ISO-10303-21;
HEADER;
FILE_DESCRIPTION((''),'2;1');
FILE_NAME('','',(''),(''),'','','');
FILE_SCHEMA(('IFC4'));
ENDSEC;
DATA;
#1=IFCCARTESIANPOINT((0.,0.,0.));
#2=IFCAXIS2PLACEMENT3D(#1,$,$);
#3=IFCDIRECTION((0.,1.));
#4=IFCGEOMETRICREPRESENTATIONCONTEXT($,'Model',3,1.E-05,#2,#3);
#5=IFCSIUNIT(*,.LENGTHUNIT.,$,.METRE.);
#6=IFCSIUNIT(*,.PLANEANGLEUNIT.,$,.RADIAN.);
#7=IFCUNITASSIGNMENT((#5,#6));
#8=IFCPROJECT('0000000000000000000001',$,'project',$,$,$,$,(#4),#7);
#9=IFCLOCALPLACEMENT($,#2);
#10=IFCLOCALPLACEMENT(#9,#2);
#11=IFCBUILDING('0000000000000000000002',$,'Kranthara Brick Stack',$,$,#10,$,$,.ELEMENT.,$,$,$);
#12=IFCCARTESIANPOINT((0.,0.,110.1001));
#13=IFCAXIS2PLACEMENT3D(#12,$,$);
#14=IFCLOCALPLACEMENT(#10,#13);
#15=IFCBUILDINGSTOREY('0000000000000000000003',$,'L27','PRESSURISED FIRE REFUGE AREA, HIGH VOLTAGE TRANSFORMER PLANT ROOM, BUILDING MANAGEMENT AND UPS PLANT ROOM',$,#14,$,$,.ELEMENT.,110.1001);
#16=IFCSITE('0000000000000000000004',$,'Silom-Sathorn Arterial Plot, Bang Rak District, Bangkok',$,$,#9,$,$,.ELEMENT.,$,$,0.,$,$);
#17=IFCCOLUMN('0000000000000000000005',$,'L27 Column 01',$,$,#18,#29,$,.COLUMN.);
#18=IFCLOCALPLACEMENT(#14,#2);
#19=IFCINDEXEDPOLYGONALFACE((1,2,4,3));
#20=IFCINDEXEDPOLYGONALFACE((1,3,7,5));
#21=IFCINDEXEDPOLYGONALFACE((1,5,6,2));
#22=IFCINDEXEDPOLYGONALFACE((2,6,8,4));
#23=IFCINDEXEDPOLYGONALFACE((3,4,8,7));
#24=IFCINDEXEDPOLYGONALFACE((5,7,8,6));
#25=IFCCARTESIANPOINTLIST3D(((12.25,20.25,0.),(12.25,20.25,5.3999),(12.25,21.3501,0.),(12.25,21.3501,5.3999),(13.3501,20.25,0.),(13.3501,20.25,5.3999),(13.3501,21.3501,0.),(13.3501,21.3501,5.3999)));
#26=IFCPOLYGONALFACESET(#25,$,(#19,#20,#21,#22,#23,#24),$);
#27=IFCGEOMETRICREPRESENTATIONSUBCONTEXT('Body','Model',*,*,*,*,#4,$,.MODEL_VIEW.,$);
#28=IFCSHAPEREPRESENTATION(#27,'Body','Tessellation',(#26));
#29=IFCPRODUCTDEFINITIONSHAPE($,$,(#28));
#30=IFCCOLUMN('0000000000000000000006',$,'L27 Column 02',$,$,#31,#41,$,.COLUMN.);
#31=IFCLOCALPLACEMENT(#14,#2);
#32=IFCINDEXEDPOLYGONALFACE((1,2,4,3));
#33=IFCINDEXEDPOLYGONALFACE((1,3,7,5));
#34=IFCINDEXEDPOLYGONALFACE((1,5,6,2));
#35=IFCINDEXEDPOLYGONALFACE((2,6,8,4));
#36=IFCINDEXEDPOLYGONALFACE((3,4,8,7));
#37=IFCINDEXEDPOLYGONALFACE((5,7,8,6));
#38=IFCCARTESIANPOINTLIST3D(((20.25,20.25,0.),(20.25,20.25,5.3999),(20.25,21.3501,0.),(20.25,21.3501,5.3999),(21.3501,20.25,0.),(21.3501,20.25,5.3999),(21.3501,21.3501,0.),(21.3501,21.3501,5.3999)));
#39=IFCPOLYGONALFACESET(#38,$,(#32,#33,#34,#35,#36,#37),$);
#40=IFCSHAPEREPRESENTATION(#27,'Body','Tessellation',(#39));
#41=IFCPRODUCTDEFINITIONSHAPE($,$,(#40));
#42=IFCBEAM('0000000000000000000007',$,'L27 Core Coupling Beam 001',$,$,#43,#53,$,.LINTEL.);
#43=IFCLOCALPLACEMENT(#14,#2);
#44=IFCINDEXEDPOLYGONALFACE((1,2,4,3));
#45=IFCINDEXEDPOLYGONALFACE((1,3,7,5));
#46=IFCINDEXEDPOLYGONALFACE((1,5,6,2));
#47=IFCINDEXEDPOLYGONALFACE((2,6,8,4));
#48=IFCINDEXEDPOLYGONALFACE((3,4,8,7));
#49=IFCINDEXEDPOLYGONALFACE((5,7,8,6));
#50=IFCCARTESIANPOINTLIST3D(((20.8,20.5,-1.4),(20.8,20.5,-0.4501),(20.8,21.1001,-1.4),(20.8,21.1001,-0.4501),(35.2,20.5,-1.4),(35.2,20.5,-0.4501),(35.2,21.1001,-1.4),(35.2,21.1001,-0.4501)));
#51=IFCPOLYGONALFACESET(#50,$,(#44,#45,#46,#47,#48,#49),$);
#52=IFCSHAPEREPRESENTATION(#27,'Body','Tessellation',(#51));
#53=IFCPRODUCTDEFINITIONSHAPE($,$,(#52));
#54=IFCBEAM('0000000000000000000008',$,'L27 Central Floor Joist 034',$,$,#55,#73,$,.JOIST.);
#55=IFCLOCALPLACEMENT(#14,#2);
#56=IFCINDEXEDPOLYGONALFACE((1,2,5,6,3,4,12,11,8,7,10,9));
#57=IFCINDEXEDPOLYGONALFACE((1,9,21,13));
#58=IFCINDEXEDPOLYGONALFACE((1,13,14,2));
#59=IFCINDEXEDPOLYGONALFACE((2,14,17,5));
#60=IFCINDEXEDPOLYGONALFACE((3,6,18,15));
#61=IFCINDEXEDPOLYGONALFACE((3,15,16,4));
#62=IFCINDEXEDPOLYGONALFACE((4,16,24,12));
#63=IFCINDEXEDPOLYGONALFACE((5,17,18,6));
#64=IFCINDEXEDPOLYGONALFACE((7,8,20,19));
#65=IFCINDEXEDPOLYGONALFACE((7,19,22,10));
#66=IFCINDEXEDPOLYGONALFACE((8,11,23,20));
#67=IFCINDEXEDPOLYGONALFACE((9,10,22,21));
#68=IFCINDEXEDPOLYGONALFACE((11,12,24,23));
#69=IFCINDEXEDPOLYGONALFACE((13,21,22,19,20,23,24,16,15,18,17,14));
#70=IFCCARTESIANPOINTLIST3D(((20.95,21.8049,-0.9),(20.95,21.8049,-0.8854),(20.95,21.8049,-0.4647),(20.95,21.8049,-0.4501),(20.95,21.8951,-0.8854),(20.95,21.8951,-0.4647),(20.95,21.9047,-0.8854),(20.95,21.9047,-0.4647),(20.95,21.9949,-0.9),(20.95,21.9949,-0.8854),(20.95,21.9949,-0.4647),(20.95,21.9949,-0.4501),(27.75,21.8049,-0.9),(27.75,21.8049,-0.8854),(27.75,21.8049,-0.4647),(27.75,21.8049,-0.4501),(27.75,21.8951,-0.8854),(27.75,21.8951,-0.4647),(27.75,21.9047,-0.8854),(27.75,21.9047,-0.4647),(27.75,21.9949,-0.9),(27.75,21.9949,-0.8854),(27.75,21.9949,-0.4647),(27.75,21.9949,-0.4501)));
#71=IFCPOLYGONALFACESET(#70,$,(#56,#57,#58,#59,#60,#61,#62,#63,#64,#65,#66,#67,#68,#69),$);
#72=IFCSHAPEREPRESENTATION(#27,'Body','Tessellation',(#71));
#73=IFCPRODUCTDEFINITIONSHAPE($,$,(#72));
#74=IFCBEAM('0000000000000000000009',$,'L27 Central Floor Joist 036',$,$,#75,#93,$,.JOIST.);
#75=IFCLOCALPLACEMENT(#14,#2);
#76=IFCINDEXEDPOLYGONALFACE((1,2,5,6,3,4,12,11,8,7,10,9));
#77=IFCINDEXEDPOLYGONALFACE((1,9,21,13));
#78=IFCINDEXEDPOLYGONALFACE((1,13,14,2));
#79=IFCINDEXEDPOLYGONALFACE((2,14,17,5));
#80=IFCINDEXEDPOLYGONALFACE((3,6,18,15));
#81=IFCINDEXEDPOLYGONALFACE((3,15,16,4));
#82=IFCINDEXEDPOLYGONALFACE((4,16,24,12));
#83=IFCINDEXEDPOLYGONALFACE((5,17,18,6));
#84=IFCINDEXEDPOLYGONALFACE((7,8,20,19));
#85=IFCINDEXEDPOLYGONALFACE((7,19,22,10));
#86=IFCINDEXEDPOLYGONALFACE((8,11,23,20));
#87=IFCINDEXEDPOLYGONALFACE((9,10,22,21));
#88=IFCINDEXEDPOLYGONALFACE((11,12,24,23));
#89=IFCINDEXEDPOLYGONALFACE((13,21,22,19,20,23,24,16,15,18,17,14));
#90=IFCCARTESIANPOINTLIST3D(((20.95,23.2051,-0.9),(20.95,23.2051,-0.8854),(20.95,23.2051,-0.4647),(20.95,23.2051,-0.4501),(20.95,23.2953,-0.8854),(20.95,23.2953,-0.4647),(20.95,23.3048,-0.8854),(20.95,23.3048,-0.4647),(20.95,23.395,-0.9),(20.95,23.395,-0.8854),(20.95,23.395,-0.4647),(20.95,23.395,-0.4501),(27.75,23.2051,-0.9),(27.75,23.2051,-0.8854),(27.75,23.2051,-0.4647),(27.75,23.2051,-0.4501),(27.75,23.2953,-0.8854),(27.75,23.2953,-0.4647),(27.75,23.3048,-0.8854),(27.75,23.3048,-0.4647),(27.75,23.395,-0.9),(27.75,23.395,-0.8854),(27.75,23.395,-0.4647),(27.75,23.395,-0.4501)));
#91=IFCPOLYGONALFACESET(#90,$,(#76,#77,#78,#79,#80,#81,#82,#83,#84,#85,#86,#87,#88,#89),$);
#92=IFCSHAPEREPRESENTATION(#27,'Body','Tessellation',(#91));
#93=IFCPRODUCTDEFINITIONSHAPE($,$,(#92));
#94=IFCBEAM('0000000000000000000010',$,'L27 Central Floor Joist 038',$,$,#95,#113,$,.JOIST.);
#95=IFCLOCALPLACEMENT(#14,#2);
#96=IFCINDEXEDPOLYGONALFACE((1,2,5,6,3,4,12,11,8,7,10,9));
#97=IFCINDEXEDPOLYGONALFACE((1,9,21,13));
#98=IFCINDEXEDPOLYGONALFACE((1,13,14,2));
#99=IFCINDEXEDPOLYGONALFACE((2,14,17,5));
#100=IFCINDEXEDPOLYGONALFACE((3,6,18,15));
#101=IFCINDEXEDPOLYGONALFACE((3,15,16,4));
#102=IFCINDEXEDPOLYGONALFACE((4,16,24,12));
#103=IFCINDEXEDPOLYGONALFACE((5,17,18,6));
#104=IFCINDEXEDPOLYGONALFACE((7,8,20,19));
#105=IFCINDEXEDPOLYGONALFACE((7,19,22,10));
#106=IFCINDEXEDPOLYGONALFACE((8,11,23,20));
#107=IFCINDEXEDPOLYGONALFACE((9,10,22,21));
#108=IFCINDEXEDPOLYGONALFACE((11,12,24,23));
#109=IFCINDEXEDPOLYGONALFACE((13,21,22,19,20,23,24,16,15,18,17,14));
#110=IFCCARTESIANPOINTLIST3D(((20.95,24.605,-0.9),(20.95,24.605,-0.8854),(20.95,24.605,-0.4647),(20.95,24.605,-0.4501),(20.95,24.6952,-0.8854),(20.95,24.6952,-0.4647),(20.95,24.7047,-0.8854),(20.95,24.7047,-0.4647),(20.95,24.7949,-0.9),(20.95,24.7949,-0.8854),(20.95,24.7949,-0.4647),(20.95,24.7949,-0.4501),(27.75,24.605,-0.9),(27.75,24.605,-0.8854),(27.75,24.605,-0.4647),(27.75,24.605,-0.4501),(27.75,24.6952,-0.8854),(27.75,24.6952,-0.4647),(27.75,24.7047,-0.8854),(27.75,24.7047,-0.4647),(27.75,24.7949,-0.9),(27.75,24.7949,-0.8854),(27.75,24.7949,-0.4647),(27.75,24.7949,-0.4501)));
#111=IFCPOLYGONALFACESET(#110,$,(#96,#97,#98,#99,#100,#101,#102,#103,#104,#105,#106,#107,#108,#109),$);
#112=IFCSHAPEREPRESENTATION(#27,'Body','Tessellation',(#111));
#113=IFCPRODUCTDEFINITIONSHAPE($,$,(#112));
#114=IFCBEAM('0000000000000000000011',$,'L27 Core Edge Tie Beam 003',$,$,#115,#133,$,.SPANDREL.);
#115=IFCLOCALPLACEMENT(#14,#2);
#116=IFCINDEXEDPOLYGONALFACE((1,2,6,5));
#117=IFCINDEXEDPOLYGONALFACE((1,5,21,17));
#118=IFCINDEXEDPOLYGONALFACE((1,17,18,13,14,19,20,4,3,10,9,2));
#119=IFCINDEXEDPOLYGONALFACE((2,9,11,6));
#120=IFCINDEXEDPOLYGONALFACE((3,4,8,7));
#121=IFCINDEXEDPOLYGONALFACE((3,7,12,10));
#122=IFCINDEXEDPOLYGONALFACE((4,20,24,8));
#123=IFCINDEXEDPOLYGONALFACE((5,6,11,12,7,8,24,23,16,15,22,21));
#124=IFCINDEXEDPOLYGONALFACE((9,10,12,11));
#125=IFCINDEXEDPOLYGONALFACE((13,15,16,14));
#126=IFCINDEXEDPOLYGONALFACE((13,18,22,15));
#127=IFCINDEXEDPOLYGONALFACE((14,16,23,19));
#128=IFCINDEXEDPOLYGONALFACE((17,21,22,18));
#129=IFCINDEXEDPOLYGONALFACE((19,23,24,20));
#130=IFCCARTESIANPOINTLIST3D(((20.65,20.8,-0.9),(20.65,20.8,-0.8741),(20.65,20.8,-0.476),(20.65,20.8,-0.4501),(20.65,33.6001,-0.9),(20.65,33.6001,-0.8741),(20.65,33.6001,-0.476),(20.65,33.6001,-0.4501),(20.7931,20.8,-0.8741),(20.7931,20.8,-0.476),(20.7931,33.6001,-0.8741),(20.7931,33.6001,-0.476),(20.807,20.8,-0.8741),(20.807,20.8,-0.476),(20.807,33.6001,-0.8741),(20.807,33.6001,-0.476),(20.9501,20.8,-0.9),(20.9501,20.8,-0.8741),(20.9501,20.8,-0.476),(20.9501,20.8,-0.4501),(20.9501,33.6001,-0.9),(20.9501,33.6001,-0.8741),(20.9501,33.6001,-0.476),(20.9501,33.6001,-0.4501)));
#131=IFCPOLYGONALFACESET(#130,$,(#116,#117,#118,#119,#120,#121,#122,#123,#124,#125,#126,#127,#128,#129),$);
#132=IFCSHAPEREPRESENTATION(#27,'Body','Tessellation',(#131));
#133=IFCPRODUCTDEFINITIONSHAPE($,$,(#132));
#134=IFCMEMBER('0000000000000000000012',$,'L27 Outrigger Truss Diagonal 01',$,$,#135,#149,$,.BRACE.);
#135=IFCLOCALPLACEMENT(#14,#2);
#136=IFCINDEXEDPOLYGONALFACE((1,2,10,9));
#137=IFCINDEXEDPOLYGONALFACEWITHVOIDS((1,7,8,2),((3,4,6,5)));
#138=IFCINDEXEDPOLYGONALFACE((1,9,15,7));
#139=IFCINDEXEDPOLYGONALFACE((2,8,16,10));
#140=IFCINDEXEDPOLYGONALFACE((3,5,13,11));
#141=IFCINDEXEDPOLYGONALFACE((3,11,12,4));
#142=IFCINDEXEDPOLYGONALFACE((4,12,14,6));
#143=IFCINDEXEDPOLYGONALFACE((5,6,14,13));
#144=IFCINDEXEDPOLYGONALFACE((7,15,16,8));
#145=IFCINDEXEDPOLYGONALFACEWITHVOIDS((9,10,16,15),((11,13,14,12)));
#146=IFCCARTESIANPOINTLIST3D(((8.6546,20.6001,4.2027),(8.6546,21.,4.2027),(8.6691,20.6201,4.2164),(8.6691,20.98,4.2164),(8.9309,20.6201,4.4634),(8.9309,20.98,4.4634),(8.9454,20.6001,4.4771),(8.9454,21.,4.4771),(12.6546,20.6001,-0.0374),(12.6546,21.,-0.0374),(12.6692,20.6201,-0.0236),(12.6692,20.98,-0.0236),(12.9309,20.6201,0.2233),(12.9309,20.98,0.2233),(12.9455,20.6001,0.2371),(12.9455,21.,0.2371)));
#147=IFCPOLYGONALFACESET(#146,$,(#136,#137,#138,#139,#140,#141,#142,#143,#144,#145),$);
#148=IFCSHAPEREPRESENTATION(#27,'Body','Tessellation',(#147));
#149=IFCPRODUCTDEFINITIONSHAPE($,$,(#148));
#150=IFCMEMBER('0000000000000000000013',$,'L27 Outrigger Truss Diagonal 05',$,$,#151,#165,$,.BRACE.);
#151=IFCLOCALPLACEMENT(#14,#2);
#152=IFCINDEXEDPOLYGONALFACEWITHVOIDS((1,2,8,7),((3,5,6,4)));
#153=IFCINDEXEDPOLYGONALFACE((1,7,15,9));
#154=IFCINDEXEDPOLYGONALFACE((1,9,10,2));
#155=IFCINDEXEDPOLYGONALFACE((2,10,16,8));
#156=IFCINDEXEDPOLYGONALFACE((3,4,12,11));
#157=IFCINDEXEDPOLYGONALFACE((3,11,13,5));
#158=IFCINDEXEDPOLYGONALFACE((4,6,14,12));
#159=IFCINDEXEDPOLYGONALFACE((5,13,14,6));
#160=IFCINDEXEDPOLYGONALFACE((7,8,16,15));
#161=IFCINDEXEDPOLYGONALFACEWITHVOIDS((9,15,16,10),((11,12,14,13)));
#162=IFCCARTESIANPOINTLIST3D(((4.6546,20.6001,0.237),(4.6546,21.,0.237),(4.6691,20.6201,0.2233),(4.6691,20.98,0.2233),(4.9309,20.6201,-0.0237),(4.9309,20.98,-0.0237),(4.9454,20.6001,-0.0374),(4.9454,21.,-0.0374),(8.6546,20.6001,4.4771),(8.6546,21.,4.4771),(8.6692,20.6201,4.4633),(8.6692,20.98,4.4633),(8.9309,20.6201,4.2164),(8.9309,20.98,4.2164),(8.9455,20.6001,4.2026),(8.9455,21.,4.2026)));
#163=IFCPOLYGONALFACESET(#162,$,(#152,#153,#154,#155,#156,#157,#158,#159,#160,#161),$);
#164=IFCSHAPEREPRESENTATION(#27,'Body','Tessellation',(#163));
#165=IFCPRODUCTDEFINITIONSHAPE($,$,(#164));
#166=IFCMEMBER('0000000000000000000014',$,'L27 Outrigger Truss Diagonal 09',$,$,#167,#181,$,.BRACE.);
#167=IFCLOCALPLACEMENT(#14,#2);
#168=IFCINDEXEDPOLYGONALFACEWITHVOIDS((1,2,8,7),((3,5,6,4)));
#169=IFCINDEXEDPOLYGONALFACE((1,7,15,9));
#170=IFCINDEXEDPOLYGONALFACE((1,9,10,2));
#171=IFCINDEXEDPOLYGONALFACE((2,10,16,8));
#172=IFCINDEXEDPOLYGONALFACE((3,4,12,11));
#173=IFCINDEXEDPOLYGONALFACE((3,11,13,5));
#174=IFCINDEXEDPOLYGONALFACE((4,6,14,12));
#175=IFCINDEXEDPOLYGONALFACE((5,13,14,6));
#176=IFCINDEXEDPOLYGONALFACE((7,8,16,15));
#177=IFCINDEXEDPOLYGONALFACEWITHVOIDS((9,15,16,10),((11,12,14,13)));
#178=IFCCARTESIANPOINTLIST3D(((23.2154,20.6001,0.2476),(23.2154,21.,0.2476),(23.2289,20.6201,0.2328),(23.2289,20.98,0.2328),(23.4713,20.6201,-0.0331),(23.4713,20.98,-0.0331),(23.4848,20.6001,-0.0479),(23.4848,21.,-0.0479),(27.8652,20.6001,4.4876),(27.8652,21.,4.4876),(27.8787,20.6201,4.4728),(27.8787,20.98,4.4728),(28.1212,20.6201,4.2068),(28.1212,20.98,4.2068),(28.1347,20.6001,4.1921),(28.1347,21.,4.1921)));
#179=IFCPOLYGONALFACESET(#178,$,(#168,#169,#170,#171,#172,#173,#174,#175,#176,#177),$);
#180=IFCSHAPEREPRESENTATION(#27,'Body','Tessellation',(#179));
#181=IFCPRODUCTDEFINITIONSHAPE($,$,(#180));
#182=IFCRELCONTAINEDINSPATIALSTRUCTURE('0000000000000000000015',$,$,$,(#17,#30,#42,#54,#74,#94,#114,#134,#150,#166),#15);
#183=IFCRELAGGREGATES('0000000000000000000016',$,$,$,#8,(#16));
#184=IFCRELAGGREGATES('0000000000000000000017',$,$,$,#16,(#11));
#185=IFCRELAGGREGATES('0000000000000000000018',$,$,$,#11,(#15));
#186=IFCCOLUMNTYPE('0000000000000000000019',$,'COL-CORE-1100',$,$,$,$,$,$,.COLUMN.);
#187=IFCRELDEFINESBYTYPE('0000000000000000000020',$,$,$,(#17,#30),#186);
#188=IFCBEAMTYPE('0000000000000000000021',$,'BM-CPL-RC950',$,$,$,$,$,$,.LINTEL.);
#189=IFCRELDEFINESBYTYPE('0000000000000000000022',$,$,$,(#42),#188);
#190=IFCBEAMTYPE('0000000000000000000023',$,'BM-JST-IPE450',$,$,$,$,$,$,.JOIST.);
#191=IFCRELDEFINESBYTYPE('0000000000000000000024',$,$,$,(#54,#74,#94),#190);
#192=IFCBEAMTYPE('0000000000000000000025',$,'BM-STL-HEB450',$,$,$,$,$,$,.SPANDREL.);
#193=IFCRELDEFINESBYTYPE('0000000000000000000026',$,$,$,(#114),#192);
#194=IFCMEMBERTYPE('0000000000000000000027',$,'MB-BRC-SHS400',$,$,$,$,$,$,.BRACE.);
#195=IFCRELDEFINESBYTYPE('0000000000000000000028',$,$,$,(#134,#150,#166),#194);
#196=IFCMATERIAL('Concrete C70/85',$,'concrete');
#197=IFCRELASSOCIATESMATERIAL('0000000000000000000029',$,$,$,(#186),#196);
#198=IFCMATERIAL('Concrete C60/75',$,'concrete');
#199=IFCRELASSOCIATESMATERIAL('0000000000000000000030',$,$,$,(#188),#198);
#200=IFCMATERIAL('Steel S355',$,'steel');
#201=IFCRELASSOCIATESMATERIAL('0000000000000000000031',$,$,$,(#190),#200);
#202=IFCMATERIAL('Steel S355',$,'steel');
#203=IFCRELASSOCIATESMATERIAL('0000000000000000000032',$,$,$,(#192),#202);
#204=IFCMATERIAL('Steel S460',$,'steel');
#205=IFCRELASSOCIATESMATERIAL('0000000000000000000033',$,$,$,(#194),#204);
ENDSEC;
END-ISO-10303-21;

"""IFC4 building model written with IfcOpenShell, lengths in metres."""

from ifc_helpers import new_model, si_unit, direction, frame, origin, origin_2d, place, context, subcontext, project, spatial, rectangle, hollow_rectangle, i_section, extrude, material, material_profile, profile_set, type_object, element, save


model = new_model("IFC4")

# Units and contexts
model_context = context("Model", 3, precision=1e-05, world=origin(), true_north=direction((0.0, 1.0)))
body_context = subcontext(model_context, "Body", "Model", "MODEL_VIEW")
ifc_project = project(units=[si_unit("LENGTHUNIT", "METRE"), si_unit("PLANEANGLEUNIT", "RADIAN")], contexts=[model_context])

# Site, building, storey
site_placement = place(None, origin())
site = spatial("IfcSite", under=ifc_project, at=site_placement, Name="Silom-Sathorn Arterial Plot, Bang Rak District, Bangkok", CompositionType="ELEMENT", RefElevation=0.0)
building_placement = place(site_placement, origin())
building = spatial("IfcBuilding", under=site, at=building_placement, Name="Kranthara Brick Stack", CompositionType="ELEMENT")
storey_placement = place(building_placement, frame((0.0, 0.0, 110.1001)))
storey = spatial("IfcBuildingStorey", under=building, at=storey_placement, Name="L27", Description="PRESSURISED FIRE REFUGE AREA, HIGH VOLTAGE TRANSFORMER PLANT ROOM, BUILDING MANAGEMENT AND UPS PLANT ROOM", CompositionType="ELEMENT", Elevation=110.1001)

# Columns
ifc_material_1 = material(Name="Concrete C70/85", Category="concrete")
ifc_material_profile_1 = material_profile(ifc_material_1, rectangle(XDim=1.1001, YDim=1.1001, at=origin_2d()), Name="RC 1100x1100")
ifc_profile_set_1 = profile_set([ifc_material_profile_1], Name="Concrete C70/85")
column_type = type_object("IfcColumnType", Name="COL-CORE-1100", PredefinedType="COLUMN", material=ifc_profile_set_1)
for number, where, z_axis, x_axis, name in (
    (1, (12.8, 20.8, 0.0), (0.0, 0.0, 1.0), (1.0, 0.0, 0.0), "L27 Column 01"),
    (2, (20.8, 20.8, 0.0), (0.0, 0.0, 1.0), (1.0, 0.0, 0.0), "L27 Column 02"),
):
    element("IfcColumn", number, at=place(storey_placement, frame(where, z_axis=z_axis, x_axis=x_axis)), inside=storey, type_object=column_type, Name=name, PredefinedType="COLUMN", context=body_context, shape_type="SweptSolid", body=[
        extrude(rectangle(XDim=1.1001, YDim=1.1001, at=origin_2d()), origin(), (0.0, 0.0, 1.0), 5.3999),
    ])

# Beams
ifc_material_2 = material(Name="Concrete C60/75", Category="concrete")
ifc_material_profile_2 = material_profile(ifc_material_2, rectangle(XDim=0.6001, YDim=0.95, at=origin_2d()), Name="RC 600x950")
ifc_profile_set_2 = profile_set([ifc_material_profile_2], Name="Concrete C60/75")
beam_type_1 = type_object("IfcBeamType", Name="BM-CPL-RC950", PredefinedType="LINTEL", material=ifc_profile_set_2)
beam_1_placement = place(storey_placement, frame((20.8, 20.8, -0.925), z_axis=(1.0, 0.0, 0.0), x_axis=(0.0, 1.0, 0.0)))
element("IfcBeam", 3, at=beam_1_placement, inside=storey, type_object=beam_type_1, Name="L27 Core Coupling Beam 001", PredefinedType="LINTEL", context=body_context, shape_type="SweptSolid", body=[
    extrude(rectangle(XDim=0.6001, YDim=0.95, at=origin_2d()), origin(), (0.0, 0.0, 1.0), 14.3999),
])
ifc_material_3 = material(Name="Steel S355", Category="steel")
ifc_material_profile_3 = material_profile(ifc_material_3, i_section(OverallWidth=0.1899, OverallDepth=0.45, WebThickness=0.0095, FlangeThickness=0.0146, at=origin_2d()), Name="IPE 450")
ifc_profile_set_3 = profile_set([ifc_material_profile_3], Name="Steel S355")
beam_type_2 = type_object("IfcBeamType", Name="BM-JST-IPE450", PredefinedType="JOIST", material=ifc_profile_set_3)
for number, where, z_axis, x_axis, name in (
    (4, (20.95, 21.8999, -0.675), (1.0, 0.0, 0.0), (0.0, 1.0, 0.0), "L27 Central Floor Joist 034"),
    (5, (20.95, 23.3, -0.675), (1.0, 0.0, 0.0), (0.0, 1.0, 0.0), "L27 Central Floor Joist 036"),
    (6, (20.95, 24.7, -0.675), (1.0, 0.0, 0.0), (0.0, 1.0, 0.0), "L27 Central Floor Joist 038"),
):
    element("IfcBeam", number, at=place(storey_placement, frame(where, z_axis=z_axis, x_axis=x_axis)), inside=storey, type_object=beam_type_2, Name=name, PredefinedType="JOIST", context=body_context, shape_type="SweptSolid", body=[
        extrude(i_section(OverallWidth=0.1899, OverallDepth=0.45, WebThickness=0.0095, FlangeThickness=0.0146, at=origin_2d()), origin(), (0.0, 0.0, 1.0), 6.8),
    ])
ifc_material_4 = material(Name="Steel S355", Category="steel")
ifc_material_profile_4 = material_profile(ifc_material_4, i_section(OverallWidth=0.3, OverallDepth=0.45, WebThickness=0.0139, FlangeThickness=0.0259, at=origin_2d()), Name="HEB 450")
ifc_profile_set_4 = profile_set([ifc_material_profile_4], Name="Steel S355")
beam_type_3 = type_object("IfcBeamType", Name="BM-STL-HEB450", PredefinedType="SPANDREL", material=ifc_profile_set_4)
beam_2_placement = place(storey_placement, frame((20.8, 20.8, -0.675), z_axis=(0.0, 1.0, 0.0), x_axis=(-1.0, 0.0, 0.0)))
element("IfcBeam", 7, at=beam_2_placement, inside=storey, type_object=beam_type_3, Name="L27 Core Edge Tie Beam 003", PredefinedType="SPANDREL", context=body_context, shape_type="SweptSolid", body=[
    extrude(i_section(OverallWidth=0.3, OverallDepth=0.45, WebThickness=0.0139, FlangeThickness=0.0259, at=origin_2d()), origin(), (0.0, 0.0, 1.0), 12.8),
])

# Members
ifc_material_5 = material(Name="Steel S460", Category="steel")
ifc_material_profile_5 = material_profile(ifc_material_5, hollow_rectangle(XDim=0.3999, YDim=0.3999, WallThickness=0.02, at=origin_2d()), Name="SHS 400x400x20")
ifc_profile_set_5 = profile_set([ifc_material_profile_5], Name="Steel S460")
member_type_1 = type_object("IfcMemberType", Name="MB-BRC-SHS400", PredefinedType="BRACE", material=ifc_profile_set_5)
for number, where, z_axis, x_axis, name in (
    (8, (12.8, 20.8, 0.0999), (-0.686221, 0.0, 0.727393), (0.0, -1.0, 0.0), "L27 Outrigger Truss Diagonal 01"),
    (9, (8.8, 20.8, 4.3398), (-0.686221, 0.0, -0.727393), (0.0, -1.0, 0.0), "L27 Outrigger Truss Diagonal 05"),
):
    element("IfcMember", number, at=place(storey_placement, frame(where, z_axis=z_axis, x_axis=x_axis)), inside=storey, type_object=member_type_1, Name=name, PredefinedType="BRACE", context=body_context, shape_type="SweptSolid", body=[
        extrude(hollow_rectangle(XDim=0.3999, YDim=0.3999, WallThickness=0.02, at=origin_2d()), origin(), (0.0, 0.0, 1.0), 5.8291),
    ])
member_1_placement = place(storey_placement, frame((23.3501, 20.8, 0.0999), z_axis=(0.738926, 0.0, 0.673786), x_axis=(0.0, 1.0, 0.0)))
element("IfcMember", 10, at=member_1_placement, inside=storey, type_object=member_type_1, Name="L27 Outrigger Truss Diagonal 09", PredefinedType="BRACE", context=body_context, shape_type="SweptSolid", body=[
    extrude(hollow_rectangle(XDim=0.3999, YDim=0.3999, WallThickness=0.02, at=origin_2d()), origin(), (0.0, 0.0, 1.0), 6.2927),
])

save(model, "model.ifc")
